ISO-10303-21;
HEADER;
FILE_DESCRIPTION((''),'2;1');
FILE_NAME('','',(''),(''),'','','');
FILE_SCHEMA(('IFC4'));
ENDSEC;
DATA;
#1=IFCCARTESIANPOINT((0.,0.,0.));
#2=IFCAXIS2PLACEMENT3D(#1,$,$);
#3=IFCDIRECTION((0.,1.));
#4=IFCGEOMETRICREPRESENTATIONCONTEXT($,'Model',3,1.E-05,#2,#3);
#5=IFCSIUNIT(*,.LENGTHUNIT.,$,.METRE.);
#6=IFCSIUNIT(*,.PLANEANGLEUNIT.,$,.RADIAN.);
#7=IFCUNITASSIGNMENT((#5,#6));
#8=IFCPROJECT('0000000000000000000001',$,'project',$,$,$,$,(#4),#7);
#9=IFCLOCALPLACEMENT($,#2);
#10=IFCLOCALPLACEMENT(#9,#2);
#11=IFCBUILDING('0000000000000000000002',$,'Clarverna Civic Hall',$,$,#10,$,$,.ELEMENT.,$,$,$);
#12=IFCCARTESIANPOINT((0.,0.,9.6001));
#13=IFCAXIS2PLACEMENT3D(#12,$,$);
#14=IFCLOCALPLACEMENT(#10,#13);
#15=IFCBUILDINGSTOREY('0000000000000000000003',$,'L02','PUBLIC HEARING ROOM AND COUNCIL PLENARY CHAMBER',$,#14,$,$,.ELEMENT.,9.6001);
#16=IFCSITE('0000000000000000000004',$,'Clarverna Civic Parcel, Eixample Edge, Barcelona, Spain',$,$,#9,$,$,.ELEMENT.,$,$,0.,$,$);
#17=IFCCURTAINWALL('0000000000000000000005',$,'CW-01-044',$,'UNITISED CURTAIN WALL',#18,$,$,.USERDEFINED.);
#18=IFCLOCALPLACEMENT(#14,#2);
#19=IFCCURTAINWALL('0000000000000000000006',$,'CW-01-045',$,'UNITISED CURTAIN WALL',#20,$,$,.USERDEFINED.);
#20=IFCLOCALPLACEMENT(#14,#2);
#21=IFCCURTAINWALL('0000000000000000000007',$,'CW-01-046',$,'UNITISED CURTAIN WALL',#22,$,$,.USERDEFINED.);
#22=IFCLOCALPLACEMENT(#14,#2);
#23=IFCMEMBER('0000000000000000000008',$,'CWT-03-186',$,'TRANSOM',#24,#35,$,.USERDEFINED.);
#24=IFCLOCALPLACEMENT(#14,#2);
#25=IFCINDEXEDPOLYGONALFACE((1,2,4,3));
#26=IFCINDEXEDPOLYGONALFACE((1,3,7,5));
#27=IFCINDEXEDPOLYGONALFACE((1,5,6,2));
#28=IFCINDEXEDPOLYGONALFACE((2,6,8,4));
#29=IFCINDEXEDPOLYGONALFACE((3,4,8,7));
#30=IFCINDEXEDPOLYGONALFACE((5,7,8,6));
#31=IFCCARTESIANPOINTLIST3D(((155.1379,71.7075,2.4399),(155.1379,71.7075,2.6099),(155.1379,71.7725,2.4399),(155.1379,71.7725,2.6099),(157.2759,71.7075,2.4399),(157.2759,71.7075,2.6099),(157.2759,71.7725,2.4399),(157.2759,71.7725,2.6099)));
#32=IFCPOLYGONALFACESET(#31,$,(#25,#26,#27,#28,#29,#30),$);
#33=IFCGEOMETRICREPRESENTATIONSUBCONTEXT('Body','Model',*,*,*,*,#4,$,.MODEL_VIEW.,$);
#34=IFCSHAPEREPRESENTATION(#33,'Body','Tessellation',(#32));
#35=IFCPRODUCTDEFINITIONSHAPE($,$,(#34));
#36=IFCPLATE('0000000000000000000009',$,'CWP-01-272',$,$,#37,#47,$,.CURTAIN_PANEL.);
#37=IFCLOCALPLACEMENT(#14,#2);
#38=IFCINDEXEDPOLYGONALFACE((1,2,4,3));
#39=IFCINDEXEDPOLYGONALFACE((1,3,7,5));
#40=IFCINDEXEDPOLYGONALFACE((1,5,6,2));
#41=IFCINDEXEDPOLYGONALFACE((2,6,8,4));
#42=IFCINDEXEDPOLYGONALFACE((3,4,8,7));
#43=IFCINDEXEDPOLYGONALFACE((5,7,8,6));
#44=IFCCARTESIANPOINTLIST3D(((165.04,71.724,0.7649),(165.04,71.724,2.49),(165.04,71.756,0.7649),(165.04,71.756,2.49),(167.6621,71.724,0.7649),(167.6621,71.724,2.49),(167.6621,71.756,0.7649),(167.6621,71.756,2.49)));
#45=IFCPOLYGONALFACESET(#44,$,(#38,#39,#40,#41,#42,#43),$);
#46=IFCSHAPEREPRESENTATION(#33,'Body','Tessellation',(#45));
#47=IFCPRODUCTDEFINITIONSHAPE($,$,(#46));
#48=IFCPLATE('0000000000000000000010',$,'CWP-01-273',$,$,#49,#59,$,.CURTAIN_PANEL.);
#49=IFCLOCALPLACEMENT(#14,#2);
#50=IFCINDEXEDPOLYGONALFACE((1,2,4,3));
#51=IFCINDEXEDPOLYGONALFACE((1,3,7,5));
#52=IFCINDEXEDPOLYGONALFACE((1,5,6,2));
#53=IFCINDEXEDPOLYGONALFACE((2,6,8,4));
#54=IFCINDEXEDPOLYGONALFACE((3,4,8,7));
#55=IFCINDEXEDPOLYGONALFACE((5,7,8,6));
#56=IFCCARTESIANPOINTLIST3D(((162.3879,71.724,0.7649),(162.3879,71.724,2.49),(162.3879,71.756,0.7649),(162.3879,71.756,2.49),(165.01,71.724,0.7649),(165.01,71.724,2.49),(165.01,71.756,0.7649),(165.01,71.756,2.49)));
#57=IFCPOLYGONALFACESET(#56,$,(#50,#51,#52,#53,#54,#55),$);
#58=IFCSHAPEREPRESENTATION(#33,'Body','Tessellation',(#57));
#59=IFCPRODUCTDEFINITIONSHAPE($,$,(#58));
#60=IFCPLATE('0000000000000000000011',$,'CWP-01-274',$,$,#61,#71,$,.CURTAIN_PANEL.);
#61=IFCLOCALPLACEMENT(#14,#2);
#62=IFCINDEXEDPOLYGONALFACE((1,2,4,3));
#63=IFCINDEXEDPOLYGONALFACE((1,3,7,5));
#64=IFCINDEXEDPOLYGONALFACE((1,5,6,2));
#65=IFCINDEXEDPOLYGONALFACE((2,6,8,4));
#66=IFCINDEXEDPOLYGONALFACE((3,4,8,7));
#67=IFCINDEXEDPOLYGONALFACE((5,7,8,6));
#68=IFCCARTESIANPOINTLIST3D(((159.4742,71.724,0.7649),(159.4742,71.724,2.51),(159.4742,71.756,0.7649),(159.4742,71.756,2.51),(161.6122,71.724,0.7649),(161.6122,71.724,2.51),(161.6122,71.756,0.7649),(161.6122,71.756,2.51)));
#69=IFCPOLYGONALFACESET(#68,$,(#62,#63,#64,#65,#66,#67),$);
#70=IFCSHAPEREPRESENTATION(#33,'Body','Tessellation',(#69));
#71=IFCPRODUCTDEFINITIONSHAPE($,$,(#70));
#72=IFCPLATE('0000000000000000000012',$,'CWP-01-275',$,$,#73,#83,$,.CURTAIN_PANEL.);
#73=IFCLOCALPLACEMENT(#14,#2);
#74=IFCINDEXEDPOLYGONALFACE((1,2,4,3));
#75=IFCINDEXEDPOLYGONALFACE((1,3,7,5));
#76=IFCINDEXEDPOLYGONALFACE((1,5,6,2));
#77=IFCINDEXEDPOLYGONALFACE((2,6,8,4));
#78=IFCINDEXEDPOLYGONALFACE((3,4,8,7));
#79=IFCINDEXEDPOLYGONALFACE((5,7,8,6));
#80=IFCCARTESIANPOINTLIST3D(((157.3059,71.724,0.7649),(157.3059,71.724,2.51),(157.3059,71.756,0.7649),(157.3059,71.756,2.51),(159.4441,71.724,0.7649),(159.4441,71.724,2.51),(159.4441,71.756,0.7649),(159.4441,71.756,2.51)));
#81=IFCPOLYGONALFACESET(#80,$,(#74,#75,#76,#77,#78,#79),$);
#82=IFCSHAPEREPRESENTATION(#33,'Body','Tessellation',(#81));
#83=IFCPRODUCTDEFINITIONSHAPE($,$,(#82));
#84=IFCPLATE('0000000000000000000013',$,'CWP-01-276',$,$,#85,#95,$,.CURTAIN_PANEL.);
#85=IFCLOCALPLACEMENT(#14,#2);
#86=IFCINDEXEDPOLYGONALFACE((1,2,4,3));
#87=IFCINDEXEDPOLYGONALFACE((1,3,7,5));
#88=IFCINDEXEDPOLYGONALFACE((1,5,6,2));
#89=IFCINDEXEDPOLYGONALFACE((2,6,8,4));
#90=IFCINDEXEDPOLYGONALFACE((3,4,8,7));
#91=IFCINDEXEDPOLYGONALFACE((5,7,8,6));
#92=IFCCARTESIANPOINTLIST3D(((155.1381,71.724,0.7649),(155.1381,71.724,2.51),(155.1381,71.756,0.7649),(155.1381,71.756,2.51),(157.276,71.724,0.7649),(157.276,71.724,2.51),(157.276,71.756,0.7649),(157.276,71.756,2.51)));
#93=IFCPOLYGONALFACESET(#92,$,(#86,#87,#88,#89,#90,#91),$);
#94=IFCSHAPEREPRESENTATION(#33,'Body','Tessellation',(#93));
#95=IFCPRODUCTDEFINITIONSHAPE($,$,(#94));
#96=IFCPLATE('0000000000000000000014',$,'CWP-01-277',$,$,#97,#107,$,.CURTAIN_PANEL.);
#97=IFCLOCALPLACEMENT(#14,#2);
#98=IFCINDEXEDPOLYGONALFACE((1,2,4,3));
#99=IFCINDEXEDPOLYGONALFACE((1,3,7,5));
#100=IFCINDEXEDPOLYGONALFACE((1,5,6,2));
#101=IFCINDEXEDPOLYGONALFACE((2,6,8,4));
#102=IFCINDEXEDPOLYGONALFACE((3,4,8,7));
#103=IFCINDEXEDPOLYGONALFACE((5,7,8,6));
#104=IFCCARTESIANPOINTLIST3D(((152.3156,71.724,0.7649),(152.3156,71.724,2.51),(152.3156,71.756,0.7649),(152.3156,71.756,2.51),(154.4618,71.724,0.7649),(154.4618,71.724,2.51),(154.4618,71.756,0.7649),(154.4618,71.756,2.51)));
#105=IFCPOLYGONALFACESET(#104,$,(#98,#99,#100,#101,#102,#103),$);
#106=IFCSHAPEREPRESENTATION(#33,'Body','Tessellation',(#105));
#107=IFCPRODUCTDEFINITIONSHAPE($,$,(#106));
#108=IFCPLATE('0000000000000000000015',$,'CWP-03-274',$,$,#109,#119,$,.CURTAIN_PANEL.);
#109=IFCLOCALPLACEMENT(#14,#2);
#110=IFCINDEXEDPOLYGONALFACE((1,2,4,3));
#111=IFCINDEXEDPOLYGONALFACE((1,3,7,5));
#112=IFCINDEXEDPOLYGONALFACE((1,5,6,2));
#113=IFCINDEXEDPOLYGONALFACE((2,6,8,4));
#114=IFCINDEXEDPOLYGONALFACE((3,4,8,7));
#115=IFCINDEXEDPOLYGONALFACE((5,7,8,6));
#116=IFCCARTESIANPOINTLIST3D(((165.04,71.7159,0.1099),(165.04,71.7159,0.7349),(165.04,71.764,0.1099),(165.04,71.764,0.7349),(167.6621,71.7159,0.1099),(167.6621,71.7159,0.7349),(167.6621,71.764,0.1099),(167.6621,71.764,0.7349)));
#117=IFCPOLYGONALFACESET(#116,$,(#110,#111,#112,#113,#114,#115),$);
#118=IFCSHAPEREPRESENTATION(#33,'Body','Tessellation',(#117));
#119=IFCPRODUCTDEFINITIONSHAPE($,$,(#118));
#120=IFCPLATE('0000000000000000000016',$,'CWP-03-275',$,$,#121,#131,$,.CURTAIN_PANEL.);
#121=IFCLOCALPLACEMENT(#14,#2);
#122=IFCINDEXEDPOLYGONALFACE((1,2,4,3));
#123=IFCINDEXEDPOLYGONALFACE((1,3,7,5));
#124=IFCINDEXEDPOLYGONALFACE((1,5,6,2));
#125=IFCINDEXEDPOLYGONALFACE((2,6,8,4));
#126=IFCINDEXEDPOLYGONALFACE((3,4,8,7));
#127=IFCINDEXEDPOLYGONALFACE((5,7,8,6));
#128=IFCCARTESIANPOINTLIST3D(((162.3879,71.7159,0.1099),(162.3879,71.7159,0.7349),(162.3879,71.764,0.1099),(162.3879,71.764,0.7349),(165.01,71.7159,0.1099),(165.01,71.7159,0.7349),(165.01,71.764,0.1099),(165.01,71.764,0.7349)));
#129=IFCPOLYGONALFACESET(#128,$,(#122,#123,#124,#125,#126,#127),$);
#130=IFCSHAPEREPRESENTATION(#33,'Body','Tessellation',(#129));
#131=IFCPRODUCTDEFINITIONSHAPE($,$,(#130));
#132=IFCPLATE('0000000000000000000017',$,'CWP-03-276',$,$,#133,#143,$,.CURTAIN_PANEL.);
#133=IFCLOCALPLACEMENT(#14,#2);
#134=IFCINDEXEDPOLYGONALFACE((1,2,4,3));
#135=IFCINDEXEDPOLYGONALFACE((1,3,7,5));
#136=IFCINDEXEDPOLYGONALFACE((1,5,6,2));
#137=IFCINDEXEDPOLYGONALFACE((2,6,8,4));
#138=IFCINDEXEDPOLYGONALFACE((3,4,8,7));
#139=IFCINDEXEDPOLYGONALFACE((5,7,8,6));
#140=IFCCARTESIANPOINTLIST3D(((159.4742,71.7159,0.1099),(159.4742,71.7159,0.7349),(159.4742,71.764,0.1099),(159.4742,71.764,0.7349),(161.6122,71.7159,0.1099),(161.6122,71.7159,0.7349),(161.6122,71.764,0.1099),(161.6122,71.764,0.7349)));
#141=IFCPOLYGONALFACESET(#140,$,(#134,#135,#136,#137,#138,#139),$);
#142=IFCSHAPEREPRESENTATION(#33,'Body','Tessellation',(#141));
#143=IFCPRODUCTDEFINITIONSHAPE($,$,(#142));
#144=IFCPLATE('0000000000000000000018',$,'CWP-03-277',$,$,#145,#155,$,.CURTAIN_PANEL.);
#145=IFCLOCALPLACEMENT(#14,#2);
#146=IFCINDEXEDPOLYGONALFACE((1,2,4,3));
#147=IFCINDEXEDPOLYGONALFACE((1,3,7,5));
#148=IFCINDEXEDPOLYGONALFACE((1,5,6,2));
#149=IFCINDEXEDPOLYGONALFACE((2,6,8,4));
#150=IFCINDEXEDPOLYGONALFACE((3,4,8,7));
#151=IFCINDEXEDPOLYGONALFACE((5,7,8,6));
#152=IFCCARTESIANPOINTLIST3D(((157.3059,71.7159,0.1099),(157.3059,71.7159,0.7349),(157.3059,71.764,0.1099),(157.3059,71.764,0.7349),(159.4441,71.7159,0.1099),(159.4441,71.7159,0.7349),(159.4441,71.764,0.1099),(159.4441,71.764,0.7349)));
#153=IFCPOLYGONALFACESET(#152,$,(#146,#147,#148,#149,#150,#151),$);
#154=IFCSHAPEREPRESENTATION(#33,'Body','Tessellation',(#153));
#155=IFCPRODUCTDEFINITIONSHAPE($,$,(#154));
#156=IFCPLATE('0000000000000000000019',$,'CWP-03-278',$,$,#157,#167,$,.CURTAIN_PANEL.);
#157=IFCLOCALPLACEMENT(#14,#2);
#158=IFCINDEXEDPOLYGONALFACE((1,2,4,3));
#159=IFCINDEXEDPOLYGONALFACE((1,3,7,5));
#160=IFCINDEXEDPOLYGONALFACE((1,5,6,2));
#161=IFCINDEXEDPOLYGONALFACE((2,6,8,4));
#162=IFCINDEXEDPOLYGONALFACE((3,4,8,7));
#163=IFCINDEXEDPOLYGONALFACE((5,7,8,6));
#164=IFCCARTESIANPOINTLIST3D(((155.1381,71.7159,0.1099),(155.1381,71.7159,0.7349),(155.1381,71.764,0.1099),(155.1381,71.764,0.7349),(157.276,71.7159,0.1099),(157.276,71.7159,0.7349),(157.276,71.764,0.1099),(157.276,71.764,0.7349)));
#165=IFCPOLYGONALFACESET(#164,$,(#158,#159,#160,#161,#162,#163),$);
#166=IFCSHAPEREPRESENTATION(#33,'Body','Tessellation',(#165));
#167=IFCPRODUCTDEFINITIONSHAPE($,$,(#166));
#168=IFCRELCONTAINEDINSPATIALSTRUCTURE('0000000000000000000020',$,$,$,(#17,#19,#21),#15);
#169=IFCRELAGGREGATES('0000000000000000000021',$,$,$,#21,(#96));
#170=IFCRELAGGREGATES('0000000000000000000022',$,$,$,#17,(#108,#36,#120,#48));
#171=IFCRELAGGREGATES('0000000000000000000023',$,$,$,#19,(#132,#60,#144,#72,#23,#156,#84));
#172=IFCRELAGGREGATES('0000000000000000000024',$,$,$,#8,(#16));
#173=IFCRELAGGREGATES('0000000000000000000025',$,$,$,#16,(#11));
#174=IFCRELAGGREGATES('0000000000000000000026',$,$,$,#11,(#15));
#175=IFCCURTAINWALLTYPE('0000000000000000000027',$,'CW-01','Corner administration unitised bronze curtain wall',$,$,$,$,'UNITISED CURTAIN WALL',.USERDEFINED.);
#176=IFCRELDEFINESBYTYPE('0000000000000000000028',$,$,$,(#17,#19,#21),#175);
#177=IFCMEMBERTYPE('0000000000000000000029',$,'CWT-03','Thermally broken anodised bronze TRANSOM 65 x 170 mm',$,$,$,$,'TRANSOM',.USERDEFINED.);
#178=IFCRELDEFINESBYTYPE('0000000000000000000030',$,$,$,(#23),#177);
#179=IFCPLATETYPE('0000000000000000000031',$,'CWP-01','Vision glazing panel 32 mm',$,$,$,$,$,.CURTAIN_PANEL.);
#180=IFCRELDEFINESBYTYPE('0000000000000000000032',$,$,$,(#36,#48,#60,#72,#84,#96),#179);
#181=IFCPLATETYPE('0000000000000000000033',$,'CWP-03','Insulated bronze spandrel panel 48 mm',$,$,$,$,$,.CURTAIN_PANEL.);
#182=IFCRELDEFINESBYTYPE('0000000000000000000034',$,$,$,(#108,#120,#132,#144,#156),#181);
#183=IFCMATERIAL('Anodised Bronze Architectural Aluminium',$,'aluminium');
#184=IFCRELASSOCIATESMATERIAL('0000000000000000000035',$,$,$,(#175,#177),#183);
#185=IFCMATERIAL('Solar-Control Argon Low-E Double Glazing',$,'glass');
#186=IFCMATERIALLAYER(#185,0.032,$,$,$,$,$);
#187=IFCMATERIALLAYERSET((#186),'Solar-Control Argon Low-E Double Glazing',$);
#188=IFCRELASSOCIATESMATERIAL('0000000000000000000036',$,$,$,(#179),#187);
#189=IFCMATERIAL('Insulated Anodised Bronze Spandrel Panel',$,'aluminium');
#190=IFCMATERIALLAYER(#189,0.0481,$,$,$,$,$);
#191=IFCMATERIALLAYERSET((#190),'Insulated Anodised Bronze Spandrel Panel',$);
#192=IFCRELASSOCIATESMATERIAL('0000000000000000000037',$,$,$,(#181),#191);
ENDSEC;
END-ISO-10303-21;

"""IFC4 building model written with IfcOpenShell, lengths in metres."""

from ifc_helpers import new_model, si_unit, direction, frame, frame_2d, origin, origin_2d, place, context, subcontext, project, spatial, rectangle, extrude, material, layer, layer_set, material_profile, profile_set, type_object, element, aggregate, save


model = new_model("IFC4")

# Units and contexts
model_context = context("Model", 3, precision=1e-05, world=origin(), true_north=direction((0.0, 1.0)))
body_context = subcontext(model_context, "Body", "Model", "MODEL_VIEW")
ifc_project = project(units=[si_unit("LENGTHUNIT", "METRE"), si_unit("PLANEANGLEUNIT", "RADIAN")], contexts=[model_context])

# Site, building, storey
site_placement = place(None, origin())
site = spatial("IfcSite", under=ifc_project, at=site_placement, Name="Clarverna Civic Parcel, Eixample Edge, Barcelona, Spain", CompositionType="ELEMENT", RefElevation=0.0)
building_placement = place(site_placement, origin())
building = spatial("IfcBuilding", under=site, at=building_placement, Name="Clarverna Civic Hall", CompositionType="ELEMENT")
storey_placement = place(building_placement, frame((0.0, 0.0, 9.6001)))
storey = spatial("IfcBuildingStorey", under=building, at=storey_placement, Name="L02", Description="PUBLIC HEARING ROOM AND COUNCIL PLENARY CHAMBER", CompositionType="ELEMENT", Elevation=9.6001)

# Curtain walls
ifc_material_1 = material(Name="Anodised Bronze Architectural Aluminium", Category="aluminium")
curtain_wall_type = type_object("IfcCurtainWallType", Name="CW-01", Description="Corner administration unitised bronze curtain wall", ElementType="UNITISED CURTAIN WALL", PredefinedType="USERDEFINED", material=ifc_material_1)
curtain_wall_1_placement = place(storey_placement, origin())
curtain_wall_1 = element("IfcCurtainWall", 1, at=curtain_wall_1_placement, inside=storey, type_object=curtain_wall_type, Name="CW-01-044", ObjectType="UNITISED CURTAIN WALL", PredefinedType="USERDEFINED")
curtain_wall_2_placement = place(storey_placement, origin())
curtain_wall_2 = element("IfcCurtainWall", 2, at=curtain_wall_2_placement, inside=storey, type_object=curtain_wall_type, Name="CW-01-045", ObjectType="UNITISED CURTAIN WALL", PredefinedType="USERDEFINED")

# Curtain wall
curtain_wall_3_placement = place(storey_placement, origin())
curtain_wall_3 = element("IfcCurtainWall", 3, at=curtain_wall_3_placement, inside=storey, type_object=curtain_wall_type, Name="CW-01-046", ObjectType="UNITISED CURTAIN WALL", PredefinedType="USERDEFINED")

# Member
ifc_material_profile_1 = material_profile(ifc_material_1, rectangle(XDim=0.0649, YDim=0.1699, at=origin_2d()), Name="BRONZE 65x170")
ifc_profile_set_1 = profile_set([ifc_material_profile_1], Name="Anodised Bronze Architectural Aluminium")
member_type_1 = type_object("IfcMemberType", Name="CWT-03", Description="Thermally broken anodised bronze TRANSOM 65 x 170 mm", ElementType="TRANSOM", PredefinedType="USERDEFINED", material=ifc_profile_set_1)
member_1_placement = place(storey_placement, frame((157.2759, 71.74, 2.5249), z_axis=(-1.0, 0.0, 0.0), x_axis=(0.0, -1.0, 0.0)))
member_1 = element("IfcMember", 4, at=member_1_placement, type_object=member_type_1, Name="CWT-03-186", ObjectType="TRANSOM", PredefinedType="USERDEFINED", context=body_context, shape_type="SweptSolid", body=[
    extrude(rectangle(XDim=0.0649, YDim=0.1699, at=origin_2d()), origin(), (0.0, 0.0, 1.0), 2.1379),
])

# Plates
ifc_material_2 = material(Name="Solar-Control Argon Low-E Double Glazing", Category="glass")
ifc_layer_1 = layer(ifc_material_2, 0.032)
ifc_layer_set_1 = layer_set([ifc_layer_1], Name="Solar-Control Argon Low-E Double Glazing")
plate_type_1 = type_object("IfcPlateType", Name="CWP-01", Description="Vision glazing panel 32 mm", PredefinedType="CURTAIN_PANEL", material=ifc_layer_set_1)
plate_1_placement = place(storey_placement, frame((167.6621, 71.74, 0.7649), z_axis=(0.0, 0.0, 1.0), x_axis=(-1.0, 0.0, 0.0)))
plate_1 = element("IfcPlate", 5, at=plate_1_placement, type_object=plate_type_1, Name="CWP-01-272", PredefinedType="CURTAIN_PANEL", context=body_context, shape_type="SweptSolid", body=[
    extrude(rectangle(XDim=2.6221, YDim=0.032, at=frame_2d((1.311, 0.0))), origin(), (0.0, 0.0, 1.0), 1.7251),
])
plate_2_placement = place(storey_placement, frame((165.01, 71.74, 0.7649), z_axis=(0.0, 0.0, 1.0), x_axis=(-1.0, 0.0, 0.0)))
plate_2 = element("IfcPlate", 6, at=plate_2_placement, type_object=plate_type_1, Name="CWP-01-273", PredefinedType="CURTAIN_PANEL", context=body_context, shape_type="SweptSolid", body=[
    extrude(rectangle(XDim=2.6221, YDim=0.032, at=frame_2d((1.311, 0.0))), origin(), (0.0, 0.0, 1.0), 1.7251),
])
plate_3_placement = place(storey_placement, frame((161.6121, 71.74, 0.7649), z_axis=(0.0, 0.0, 1.0), x_axis=(-1.0, 0.0, 0.0)))
plate_3 = element("IfcPlate", 7, at=plate_3_placement, type_object=plate_type_1, Name="CWP-01-274", PredefinedType="CURTAIN_PANEL", context=body_context, shape_type="SweptSolid", body=[
    extrude(rectangle(XDim=2.1379, YDim=0.032, at=frame_2d((1.0688, 0.0))), origin(), (0.0, 0.0, 1.0), 1.7451),
])
plate_4_placement = place(storey_placement, frame((159.4441, 71.74, 0.7649), z_axis=(0.0, 0.0, 1.0), x_axis=(-1.0, 0.0, 0.0)))
plate_4 = element("IfcPlate", 8, at=plate_4_placement, type_object=plate_type_1, Name="CWP-01-275", PredefinedType="CURTAIN_PANEL", context=body_context, shape_type="SweptSolid", body=[
    extrude(rectangle(XDim=2.1382, YDim=0.032, at=frame_2d((1.0691, 0.0))), origin(), (0.0, 0.0, 1.0), 1.7451),
])
plate_5_placement = place(storey_placement, frame((157.2759, 71.74, 0.7649), z_axis=(0.0, 0.0, 1.0), x_axis=(-1.0, 0.0, 0.0)))
plate_5 = element("IfcPlate", 9, at=plate_5_placement, type_object=plate_type_1, Name="CWP-01-276", PredefinedType="CURTAIN_PANEL", context=body_context, shape_type="SweptSolid", body=[
    extrude(rectangle(XDim=2.1379, YDim=0.032, at=frame_2d((1.0688, 0.0))), origin(), (0.0, 0.0, 1.0), 1.7451),
])
plate_6_placement = place(storey_placement, frame((154.4619, 71.74, 0.7649), z_axis=(0.0, 0.0, 1.0), x_axis=(-1.0, 0.0, 0.0)))
plate_6 = element("IfcPlate", 10, at=plate_6_placement, type_object=plate_type_1, Name="CWP-01-277", PredefinedType="CURTAIN_PANEL", context=body_context, shape_type="SweptSolid", body=[
    extrude(rectangle(XDim=2.1462, YDim=0.032, at=frame_2d((1.0732, 0.0))), origin(), (0.0, 0.0, 1.0), 1.7451),
])
aggregate(curtain_wall_3, [plate_6])
ifc_material_3 = material(Name="Insulated Anodised Bronze Spandrel Panel", Category="aluminium")
ifc_layer_2 = layer(ifc_material_3, 0.0481)
ifc_layer_set_2 = layer_set([ifc_layer_2], Name="Insulated Anodised Bronze Spandrel Panel")
plate_type_2 = type_object("IfcPlateType", Name="CWP-03", Description="Insulated bronze spandrel panel 48 mm", PredefinedType="CURTAIN_PANEL", material=ifc_layer_set_2)
plate_7_placement = place(storey_placement, frame((167.6621, 71.74, 0.1099), z_axis=(0.0, 0.0, 1.0), x_axis=(-1.0, 0.0, 0.0)))
plate_7 = element("IfcPlate", 11, at=plate_7_placement, type_object=plate_type_2, Name="CWP-03-274", PredefinedType="CURTAIN_PANEL", context=body_context, shape_type="SweptSolid", body=[
    extrude(rectangle(XDim=2.6221, YDim=0.0481, at=frame_2d((1.311, 0.0))), origin(), (0.0, 0.0, 1.0), 0.625),
])
plate_8_placement = place(storey_placement, frame((165.01, 71.74, 0.1099), z_axis=(0.0, 0.0, 1.0), x_axis=(-1.0, 0.0, 0.0)))
plate_8 = element("IfcPlate", 12, at=plate_8_placement, type_object=plate_type_2, Name="CWP-03-275", PredefinedType="CURTAIN_PANEL", context=body_context, shape_type="SweptSolid", body=[
    extrude(rectangle(XDim=2.6221, YDim=0.0481, at=frame_2d((1.311, 0.0))), origin(), (0.0, 0.0, 1.0), 0.625),
])
aggregate(curtain_wall_1, [plate_7, plate_1, plate_8, plate_2])
plate_9_placement = place(storey_placement, frame((161.6121, 71.74, 0.1099), z_axis=(0.0, 0.0, 1.0), x_axis=(-1.0, 0.0, 0.0)))
plate_9 = element("IfcPlate", 13, at=plate_9_placement, type_object=plate_type_2, Name="CWP-03-276", PredefinedType="CURTAIN_PANEL", context=body_context, shape_type="SweptSolid", body=[
    extrude(rectangle(XDim=2.1379, YDim=0.0481, at=frame_2d((1.0688, 0.0))), origin(), (0.0, 0.0, 1.0), 0.625),
])
plate_10_placement = place(storey_placement, frame((159.4441, 71.74, 0.1099), z_axis=(0.0, 0.0, 1.0), x_axis=(-1.0, 0.0, 0.0)))
plate_10 = element("IfcPlate", 14, at=plate_10_placement, type_object=plate_type_2, Name="CWP-03-277", PredefinedType="CURTAIN_PANEL", context=body_context, shape_type="SweptSolid", body=[
    extrude(rectangle(XDim=2.1382, YDim=0.0481, at=frame_2d((1.0691, 0.0))), origin(), (0.0, 0.0, 1.0), 0.625),
])
plate_11_placement = place(storey_placement, frame((157.2759, 71.74, 0.1099), z_axis=(0.0, 0.0, 1.0), x_axis=(-1.0, 0.0, 0.0)))
plate_11 = element("IfcPlate", 15, at=plate_11_placement, type_object=plate_type_2, Name="CWP-03-278", PredefinedType="CURTAIN_PANEL", context=body_context, shape_type="SweptSolid", body=[
    extrude(rectangle(XDim=2.1379, YDim=0.0481, at=frame_2d((1.0688, 0.0))), origin(), (0.0, 0.0, 1.0), 0.625),
])
aggregate(curtain_wall_2, [plate_9, plate_3, plate_10, plate_4, member_1, plate_11, plate_5])

save(model, "model.ifc")
